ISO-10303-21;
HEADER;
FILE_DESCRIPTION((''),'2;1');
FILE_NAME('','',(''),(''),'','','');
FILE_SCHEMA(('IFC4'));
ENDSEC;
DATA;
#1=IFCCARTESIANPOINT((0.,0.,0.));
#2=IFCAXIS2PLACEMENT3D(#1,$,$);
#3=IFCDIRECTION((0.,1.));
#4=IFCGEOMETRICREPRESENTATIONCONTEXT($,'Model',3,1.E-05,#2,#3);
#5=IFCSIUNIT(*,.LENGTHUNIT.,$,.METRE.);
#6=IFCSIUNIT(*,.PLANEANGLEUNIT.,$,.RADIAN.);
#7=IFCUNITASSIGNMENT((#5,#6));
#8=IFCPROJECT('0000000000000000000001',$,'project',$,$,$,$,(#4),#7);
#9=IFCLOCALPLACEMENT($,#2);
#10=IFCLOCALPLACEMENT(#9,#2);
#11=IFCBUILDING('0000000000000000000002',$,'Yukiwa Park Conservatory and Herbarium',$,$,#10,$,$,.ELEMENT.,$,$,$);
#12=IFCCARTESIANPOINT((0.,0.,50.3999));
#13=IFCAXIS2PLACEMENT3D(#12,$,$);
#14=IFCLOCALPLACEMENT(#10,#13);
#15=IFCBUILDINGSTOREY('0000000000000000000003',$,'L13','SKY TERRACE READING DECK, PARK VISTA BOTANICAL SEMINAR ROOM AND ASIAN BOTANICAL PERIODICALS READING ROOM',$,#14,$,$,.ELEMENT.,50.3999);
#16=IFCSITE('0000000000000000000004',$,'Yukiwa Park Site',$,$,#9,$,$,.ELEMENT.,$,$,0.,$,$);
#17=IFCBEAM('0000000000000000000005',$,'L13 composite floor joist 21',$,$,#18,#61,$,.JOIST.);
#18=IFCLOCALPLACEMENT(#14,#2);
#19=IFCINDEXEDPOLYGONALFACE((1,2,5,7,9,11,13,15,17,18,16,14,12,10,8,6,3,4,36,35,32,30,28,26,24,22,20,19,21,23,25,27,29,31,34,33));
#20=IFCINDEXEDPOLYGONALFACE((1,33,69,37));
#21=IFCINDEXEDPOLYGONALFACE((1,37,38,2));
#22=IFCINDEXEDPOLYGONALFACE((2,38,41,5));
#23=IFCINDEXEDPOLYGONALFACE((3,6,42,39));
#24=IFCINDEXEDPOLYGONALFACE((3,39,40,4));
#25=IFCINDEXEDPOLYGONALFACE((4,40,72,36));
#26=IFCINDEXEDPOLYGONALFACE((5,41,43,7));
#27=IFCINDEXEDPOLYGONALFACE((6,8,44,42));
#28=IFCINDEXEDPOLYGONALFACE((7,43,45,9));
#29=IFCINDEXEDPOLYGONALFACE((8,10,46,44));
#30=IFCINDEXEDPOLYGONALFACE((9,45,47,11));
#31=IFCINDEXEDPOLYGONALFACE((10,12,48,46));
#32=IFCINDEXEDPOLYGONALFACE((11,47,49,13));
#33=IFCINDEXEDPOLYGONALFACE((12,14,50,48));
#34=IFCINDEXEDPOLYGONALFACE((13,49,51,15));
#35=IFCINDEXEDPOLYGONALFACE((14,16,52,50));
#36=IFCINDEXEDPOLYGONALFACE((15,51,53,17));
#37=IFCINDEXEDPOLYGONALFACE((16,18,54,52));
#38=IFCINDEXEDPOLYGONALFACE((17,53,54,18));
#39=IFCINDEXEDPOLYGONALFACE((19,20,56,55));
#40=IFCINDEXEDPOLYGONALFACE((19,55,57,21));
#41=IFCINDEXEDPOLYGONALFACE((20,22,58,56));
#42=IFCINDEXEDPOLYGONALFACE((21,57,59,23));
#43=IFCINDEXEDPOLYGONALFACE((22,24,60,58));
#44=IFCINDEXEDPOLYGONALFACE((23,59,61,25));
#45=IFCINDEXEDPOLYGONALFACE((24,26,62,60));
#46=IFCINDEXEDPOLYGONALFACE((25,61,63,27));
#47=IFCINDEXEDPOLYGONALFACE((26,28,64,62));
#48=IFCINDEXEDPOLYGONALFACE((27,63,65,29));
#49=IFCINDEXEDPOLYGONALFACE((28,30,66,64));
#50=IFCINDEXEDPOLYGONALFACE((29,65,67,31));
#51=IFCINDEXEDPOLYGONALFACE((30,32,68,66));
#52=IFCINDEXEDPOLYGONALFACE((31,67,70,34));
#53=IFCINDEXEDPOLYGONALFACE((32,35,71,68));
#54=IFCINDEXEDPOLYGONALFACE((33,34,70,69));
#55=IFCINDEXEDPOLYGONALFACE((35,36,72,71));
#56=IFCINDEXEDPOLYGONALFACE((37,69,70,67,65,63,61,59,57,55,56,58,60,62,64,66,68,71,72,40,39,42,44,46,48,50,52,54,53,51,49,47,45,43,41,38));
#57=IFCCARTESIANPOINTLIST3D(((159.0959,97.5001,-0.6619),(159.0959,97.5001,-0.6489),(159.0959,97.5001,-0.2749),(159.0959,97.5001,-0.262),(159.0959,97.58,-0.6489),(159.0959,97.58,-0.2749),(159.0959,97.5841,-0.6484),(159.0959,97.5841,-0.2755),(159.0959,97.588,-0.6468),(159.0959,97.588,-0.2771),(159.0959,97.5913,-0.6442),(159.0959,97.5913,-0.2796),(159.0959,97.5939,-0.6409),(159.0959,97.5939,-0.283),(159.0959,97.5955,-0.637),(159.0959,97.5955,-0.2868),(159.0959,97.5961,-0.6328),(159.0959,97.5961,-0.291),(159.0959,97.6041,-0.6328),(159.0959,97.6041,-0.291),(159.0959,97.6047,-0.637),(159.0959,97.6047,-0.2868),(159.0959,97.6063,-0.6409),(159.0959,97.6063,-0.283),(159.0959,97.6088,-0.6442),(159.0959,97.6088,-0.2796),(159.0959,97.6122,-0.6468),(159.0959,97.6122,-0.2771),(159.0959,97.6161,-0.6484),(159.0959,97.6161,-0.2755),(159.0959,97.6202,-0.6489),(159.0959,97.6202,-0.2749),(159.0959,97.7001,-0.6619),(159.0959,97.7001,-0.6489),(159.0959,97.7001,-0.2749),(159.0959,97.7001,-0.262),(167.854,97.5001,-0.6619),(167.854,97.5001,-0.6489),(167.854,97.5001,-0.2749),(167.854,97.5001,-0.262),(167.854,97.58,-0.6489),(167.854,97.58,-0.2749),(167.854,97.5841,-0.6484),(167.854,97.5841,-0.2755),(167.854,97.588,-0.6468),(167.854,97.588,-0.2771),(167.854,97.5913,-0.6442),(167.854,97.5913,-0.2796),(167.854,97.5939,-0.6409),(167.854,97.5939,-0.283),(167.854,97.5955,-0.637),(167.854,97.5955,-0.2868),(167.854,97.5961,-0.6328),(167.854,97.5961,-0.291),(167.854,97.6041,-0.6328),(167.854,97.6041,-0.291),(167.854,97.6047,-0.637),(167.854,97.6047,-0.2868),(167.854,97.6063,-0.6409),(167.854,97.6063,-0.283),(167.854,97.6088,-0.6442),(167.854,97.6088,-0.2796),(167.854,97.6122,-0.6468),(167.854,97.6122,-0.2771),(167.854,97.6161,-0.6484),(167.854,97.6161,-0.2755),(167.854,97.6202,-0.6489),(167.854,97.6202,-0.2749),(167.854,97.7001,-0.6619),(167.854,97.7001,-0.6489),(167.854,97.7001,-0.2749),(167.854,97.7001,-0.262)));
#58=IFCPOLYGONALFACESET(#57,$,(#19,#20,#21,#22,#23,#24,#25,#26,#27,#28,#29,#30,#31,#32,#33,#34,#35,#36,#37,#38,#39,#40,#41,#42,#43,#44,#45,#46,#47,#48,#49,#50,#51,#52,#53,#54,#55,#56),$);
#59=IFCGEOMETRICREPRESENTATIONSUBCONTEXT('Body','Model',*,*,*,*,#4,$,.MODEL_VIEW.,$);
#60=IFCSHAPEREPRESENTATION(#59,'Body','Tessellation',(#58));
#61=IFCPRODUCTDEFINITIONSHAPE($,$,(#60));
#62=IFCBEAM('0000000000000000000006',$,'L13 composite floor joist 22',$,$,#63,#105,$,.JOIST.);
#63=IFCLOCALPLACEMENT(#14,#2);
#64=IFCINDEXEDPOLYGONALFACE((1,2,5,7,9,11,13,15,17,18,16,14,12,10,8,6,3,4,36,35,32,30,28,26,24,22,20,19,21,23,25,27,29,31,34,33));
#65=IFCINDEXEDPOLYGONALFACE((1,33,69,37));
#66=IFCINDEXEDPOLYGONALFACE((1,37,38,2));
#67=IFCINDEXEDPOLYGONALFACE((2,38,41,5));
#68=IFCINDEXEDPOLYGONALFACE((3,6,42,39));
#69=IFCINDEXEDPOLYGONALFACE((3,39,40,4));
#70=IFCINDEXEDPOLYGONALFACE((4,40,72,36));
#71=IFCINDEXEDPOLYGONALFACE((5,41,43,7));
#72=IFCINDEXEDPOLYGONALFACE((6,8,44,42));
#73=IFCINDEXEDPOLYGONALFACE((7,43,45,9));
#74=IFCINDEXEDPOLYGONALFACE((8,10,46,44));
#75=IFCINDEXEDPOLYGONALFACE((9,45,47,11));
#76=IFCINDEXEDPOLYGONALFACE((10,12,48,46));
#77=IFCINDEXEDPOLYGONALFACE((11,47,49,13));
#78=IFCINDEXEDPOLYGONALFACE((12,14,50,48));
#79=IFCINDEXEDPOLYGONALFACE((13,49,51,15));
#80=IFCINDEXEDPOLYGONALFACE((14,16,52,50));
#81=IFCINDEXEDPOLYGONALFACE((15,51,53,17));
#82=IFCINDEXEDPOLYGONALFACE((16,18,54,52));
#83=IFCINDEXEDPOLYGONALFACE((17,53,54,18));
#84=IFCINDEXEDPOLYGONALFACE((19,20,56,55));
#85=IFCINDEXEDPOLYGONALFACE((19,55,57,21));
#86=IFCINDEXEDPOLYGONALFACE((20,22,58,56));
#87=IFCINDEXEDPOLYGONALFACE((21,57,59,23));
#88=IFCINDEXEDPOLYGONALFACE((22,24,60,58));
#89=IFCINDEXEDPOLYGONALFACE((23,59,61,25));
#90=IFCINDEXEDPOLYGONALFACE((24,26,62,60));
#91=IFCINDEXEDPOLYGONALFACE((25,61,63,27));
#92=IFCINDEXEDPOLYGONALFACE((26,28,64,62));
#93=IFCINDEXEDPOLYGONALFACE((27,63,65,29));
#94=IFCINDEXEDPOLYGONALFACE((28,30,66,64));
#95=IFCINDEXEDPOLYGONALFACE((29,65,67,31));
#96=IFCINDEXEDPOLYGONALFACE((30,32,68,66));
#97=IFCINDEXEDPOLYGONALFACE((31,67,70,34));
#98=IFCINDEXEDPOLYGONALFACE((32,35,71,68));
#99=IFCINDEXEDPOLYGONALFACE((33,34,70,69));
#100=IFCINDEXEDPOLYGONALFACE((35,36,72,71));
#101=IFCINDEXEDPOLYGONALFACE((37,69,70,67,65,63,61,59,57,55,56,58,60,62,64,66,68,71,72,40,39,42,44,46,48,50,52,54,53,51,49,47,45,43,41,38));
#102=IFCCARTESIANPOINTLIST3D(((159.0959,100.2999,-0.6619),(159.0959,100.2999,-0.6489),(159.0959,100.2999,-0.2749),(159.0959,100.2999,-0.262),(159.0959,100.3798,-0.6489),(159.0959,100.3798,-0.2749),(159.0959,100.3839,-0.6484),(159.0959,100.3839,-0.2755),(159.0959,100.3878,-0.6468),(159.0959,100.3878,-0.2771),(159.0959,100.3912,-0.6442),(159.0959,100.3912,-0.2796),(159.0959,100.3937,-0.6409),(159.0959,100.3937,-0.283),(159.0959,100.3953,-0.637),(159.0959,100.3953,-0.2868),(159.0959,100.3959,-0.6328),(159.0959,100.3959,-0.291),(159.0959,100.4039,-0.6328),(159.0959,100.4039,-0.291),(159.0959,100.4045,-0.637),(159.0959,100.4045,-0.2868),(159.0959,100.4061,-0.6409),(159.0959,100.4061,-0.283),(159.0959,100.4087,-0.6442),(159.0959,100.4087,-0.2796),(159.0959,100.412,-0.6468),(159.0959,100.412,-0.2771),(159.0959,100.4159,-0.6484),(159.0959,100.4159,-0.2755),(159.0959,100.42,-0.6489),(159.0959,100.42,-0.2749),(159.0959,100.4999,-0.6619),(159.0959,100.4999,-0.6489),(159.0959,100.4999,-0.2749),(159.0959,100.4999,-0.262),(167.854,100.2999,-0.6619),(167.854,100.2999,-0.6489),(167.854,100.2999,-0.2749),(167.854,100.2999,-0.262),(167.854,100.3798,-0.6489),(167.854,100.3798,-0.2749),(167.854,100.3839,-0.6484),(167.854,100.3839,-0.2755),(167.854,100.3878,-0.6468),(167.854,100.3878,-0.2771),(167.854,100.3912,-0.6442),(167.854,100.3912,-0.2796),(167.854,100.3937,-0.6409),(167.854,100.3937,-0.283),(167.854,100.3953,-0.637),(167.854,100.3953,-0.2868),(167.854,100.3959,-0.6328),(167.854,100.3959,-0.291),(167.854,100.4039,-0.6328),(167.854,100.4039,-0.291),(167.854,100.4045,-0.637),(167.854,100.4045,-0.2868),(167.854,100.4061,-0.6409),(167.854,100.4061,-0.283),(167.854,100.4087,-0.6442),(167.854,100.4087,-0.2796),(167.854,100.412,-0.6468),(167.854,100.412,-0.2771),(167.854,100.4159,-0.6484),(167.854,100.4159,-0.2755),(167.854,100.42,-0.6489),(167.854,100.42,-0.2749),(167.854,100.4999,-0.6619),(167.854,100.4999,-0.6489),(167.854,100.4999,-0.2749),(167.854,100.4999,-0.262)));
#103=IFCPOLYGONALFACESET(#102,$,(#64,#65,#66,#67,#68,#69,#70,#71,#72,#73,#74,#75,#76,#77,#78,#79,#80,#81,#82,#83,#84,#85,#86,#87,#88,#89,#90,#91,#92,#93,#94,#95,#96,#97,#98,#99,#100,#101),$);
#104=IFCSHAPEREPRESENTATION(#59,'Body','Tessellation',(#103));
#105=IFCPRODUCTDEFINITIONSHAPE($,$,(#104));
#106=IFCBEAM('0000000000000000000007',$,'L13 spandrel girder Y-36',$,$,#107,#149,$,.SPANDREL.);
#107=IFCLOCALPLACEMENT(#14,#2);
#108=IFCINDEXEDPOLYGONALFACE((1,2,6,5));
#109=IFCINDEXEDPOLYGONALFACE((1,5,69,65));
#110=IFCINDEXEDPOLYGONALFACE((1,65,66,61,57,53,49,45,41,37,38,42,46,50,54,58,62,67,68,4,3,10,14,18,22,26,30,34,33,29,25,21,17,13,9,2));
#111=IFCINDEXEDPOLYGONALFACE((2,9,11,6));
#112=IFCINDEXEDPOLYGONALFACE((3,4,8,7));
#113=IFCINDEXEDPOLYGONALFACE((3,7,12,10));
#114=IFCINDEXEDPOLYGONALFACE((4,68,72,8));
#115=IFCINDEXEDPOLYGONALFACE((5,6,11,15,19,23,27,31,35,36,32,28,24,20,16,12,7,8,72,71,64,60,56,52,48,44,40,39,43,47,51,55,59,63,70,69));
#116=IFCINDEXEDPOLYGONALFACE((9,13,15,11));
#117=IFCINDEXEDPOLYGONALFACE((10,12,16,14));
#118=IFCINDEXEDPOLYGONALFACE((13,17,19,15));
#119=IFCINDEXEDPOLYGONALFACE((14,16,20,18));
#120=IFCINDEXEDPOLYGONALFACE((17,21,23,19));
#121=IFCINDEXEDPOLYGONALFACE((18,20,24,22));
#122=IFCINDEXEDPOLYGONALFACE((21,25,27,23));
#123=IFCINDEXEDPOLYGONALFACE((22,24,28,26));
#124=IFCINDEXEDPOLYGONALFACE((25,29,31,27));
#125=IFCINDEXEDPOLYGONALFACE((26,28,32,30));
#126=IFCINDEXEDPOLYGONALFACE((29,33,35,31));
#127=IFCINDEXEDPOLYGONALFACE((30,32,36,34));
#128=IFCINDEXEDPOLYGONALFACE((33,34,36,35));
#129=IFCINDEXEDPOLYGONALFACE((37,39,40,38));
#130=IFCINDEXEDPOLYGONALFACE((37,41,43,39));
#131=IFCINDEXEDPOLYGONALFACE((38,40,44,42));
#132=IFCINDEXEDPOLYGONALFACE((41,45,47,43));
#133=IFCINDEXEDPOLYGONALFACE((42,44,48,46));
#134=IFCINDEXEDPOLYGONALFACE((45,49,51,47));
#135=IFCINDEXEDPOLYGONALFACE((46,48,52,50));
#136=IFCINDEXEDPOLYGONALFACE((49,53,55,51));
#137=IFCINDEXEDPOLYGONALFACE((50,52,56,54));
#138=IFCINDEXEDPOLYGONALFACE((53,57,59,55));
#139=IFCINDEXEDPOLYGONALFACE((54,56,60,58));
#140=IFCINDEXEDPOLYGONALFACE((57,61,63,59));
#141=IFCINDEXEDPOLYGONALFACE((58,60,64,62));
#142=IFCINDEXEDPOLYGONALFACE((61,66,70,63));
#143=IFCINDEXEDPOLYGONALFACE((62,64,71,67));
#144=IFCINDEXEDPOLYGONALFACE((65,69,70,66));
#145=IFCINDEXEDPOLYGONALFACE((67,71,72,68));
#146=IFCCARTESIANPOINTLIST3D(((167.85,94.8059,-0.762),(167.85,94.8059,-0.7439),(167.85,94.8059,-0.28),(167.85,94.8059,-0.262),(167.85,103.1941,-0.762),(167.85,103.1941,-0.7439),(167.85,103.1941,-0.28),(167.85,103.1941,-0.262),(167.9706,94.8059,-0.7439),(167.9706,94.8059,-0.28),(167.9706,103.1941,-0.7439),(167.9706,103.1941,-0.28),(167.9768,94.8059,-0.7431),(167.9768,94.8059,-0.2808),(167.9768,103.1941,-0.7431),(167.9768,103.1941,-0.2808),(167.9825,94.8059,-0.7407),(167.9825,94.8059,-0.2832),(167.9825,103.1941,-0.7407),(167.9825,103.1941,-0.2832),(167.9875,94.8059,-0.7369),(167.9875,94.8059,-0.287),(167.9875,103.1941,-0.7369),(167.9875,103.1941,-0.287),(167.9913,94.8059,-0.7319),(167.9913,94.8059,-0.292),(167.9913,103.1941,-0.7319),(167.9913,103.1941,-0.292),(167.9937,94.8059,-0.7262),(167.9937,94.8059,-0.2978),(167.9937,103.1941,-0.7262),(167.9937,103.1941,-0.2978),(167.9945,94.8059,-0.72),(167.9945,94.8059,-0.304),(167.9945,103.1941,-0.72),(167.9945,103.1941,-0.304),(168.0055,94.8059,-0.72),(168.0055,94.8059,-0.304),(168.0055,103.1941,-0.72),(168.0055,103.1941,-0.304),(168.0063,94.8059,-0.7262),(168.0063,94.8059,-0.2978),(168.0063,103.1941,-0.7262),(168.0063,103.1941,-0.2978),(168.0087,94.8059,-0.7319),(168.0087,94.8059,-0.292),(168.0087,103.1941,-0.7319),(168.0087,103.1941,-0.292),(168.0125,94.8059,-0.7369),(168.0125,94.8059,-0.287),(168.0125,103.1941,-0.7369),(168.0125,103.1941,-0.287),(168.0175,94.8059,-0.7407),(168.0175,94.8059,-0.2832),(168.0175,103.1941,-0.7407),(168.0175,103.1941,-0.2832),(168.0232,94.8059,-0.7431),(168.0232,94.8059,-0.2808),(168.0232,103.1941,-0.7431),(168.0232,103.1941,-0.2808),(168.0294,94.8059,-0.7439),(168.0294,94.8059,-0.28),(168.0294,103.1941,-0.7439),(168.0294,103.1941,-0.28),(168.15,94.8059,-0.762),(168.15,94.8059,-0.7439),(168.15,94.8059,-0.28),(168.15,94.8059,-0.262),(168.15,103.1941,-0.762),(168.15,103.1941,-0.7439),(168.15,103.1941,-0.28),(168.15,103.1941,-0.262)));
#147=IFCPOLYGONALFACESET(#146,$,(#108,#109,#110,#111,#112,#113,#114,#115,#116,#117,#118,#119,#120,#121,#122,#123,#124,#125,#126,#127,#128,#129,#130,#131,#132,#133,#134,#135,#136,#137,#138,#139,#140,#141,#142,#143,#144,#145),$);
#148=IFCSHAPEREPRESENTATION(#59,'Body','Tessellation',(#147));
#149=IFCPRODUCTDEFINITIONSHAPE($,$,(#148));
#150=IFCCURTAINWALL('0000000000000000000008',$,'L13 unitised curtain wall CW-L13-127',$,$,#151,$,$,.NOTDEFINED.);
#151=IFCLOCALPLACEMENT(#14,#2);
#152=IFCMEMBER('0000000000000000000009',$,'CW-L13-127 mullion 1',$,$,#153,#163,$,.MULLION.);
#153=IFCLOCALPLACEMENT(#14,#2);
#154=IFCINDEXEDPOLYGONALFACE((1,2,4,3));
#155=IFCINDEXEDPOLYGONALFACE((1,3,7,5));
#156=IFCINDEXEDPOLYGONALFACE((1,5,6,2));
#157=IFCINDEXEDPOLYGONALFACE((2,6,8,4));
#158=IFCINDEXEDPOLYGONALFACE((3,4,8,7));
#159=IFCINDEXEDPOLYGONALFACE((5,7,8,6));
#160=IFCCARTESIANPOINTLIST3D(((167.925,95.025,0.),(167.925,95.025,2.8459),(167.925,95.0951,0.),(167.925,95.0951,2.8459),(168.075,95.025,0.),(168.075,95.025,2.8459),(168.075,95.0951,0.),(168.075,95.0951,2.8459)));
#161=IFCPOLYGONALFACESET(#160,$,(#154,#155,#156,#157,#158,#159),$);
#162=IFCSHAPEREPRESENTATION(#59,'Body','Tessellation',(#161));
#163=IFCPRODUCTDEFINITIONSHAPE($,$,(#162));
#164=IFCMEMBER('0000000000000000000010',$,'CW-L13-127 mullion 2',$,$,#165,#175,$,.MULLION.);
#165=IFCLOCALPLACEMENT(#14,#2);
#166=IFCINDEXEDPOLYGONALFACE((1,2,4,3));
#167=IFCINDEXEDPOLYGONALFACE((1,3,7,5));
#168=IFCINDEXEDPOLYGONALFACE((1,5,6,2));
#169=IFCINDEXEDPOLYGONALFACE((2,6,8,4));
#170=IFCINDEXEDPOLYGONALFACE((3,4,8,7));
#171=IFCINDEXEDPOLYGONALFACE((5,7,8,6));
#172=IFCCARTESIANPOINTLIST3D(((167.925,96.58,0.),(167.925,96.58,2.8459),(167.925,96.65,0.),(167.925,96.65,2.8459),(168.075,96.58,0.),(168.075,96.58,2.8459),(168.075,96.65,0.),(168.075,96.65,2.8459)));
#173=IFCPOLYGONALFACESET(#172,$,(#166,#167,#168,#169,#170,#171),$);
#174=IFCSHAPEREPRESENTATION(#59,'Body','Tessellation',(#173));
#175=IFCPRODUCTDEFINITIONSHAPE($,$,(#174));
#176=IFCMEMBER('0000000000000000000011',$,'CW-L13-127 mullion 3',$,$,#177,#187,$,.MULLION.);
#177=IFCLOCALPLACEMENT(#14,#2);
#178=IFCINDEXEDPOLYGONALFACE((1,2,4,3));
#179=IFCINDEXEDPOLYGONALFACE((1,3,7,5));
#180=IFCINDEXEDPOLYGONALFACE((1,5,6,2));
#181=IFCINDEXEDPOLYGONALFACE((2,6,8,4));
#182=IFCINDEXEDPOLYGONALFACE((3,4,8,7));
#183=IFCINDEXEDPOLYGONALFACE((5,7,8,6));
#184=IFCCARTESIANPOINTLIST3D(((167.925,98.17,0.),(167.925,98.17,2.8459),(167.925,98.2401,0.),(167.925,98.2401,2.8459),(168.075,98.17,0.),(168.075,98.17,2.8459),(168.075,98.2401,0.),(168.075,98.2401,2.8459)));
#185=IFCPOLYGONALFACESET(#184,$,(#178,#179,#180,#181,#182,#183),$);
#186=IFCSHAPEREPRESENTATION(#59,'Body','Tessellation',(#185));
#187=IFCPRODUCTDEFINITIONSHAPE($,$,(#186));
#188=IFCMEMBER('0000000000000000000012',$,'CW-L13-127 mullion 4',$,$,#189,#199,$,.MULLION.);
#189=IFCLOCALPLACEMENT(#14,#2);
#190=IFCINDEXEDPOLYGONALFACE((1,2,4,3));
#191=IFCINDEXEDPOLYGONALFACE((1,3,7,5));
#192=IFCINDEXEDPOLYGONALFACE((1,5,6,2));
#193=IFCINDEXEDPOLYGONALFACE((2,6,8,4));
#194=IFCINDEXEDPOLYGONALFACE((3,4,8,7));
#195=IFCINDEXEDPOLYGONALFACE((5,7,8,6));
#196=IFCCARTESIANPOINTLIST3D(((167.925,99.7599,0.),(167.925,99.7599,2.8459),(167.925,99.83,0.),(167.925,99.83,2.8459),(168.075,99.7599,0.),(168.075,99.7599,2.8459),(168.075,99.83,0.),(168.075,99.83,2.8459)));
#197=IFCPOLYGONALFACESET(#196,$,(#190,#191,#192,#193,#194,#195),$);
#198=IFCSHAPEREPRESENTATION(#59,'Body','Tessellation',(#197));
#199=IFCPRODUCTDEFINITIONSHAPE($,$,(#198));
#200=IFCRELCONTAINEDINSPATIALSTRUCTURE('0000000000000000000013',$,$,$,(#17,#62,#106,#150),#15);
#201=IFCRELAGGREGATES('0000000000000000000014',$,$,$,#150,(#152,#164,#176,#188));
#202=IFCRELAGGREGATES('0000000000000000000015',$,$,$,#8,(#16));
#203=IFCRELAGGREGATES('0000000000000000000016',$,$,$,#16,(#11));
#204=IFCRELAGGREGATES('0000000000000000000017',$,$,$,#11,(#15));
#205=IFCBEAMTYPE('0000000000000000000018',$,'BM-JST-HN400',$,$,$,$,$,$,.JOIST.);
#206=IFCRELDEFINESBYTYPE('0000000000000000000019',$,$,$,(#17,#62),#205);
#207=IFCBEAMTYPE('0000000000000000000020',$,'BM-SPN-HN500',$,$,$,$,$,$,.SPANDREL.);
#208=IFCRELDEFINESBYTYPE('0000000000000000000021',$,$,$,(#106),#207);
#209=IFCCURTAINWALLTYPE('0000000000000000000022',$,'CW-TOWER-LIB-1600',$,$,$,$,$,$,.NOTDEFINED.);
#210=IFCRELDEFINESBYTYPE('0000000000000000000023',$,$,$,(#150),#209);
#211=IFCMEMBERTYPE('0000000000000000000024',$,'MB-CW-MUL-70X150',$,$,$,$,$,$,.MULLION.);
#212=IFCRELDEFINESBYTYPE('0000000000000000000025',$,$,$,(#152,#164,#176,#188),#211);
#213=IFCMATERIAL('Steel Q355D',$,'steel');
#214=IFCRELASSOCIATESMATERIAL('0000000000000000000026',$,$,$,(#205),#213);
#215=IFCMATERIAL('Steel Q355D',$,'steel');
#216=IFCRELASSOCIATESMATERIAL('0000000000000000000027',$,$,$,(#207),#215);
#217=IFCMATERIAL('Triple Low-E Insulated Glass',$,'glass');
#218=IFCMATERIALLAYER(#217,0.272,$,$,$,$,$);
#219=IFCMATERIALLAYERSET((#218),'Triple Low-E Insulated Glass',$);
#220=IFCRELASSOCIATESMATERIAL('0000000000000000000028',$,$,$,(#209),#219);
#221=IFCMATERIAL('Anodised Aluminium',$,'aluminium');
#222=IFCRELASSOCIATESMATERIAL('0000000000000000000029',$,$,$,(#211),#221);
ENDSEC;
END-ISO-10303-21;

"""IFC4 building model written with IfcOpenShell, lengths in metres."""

from ifc_helpers import new_model, si_unit, direction, frame, origin, origin_2d, place, context, subcontext, project, spatial, rectangle, i_section, extrude, material, layer, layer_set, material_profile, profile_set, type_object, element, aggregate, save


model = new_model("IFC4")

# Units and contexts
model_context = context("Model", 3, precision=1e-05, world=origin(), true_north=direction((0.0, 1.0)))
body_context = subcontext(model_context, "Body", "Model", "MODEL_VIEW")
ifc_project = project(units=[si_unit("LENGTHUNIT", "METRE"), si_unit("PLANEANGLEUNIT", "RADIAN")], contexts=[model_context])

# Site, building, storey
site_placement = place(None, origin())
site = spatial("IfcSite", under=ifc_project, at=site_placement, Name="Yukiwa Park Site", CompositionType="ELEMENT", RefElevation=0.0)
building_placement = place(site_placement, origin())
building = spatial("IfcBuilding", under=site, at=building_placement, Name="Yukiwa Park Conservatory and Herbarium", CompositionType="ELEMENT")
storey_placement = place(building_placement, frame((0.0, 0.0, 50.3999)))
storey = spatial("IfcBuildingStorey", under=building, at=storey_placement, Name="L13", Description="SKY TERRACE READING DECK, PARK VISTA BOTANICAL SEMINAR ROOM AND ASIAN BOTANICAL PERIODICALS READING ROOM", CompositionType="ELEMENT", Elevation=50.3999)

# Beams
ifc_material_1 = material(Name="Steel Q355D", Category="steel")
ifc_material_profile_1 = material_profile(ifc_material_1, i_section(OverallWidth=0.2, OverallDepth=0.3999, WebThickness=0.0081, FlangeThickness=0.0129, FilletRadius=0.0161, at=origin_2d()), Name="HN 400x200x8x13")
ifc_profile_set_1 = profile_set([ifc_material_profile_1], Name="Steel Q355D")
beam_type_1 = type_object("IfcBeamType", Name="BM-JST-HN400", PredefinedType="JOIST", material=ifc_profile_set_1)
for number, where, z_axis, x_axis, name in (
    (1, (159.0959, 97.6001, -0.4619), (1.0, 0.0, 0.0), (0.0, 1.0, 0.0), "L13 composite floor joist 21"),
    (2, (159.0959, 100.3999, -0.4619), (1.0, 0.0, 0.0), (0.0, 1.0, 0.0), "L13 composite floor joist 22"),
):
    element("IfcBeam", number, at=place(storey_placement, frame(where, z_axis=z_axis, x_axis=x_axis)), inside=storey, type_object=beam_type_1, Name=name, PredefinedType="JOIST", context=body_context, shape_type="SweptSolid", body=[
        extrude(i_section(OverallWidth=0.2, OverallDepth=0.3999, WebThickness=0.0081, FlangeThickness=0.0129, FilletRadius=0.0161, at=origin_2d()), origin(), (0.0, 0.0, 1.0), 8.7581),
    ])
ifc_material_2 = material(Name="Steel Q355D", Category="steel")
ifc_material_profile_2 = material_profile(ifc_material_2, i_section(OverallWidth=0.3, OverallDepth=0.5, WebThickness=0.011, FlangeThickness=0.0181, FilletRadius=0.0239, at=origin_2d()), Name="HM 500x300x11x18")
ifc_profile_set_2 = profile_set([ifc_material_profile_2], Name="Steel Q355D")
beam_type_2 = type_object("IfcBeamType", Name="BM-SPN-HN500", PredefinedType="SPANDREL", material=ifc_profile_set_2)
beam_placement = place(storey_placement, frame((168.0, 94.8059, -0.512), z_axis=(0.0, 1.0, 0.0), x_axis=(-1.0, 0.0, 0.0)))
element("IfcBeam", 3, at=beam_placement, inside=storey, type_object=beam_type_2, Name="L13 spandrel girder Y-36", PredefinedType="SPANDREL", context=body_context, shape_type="SweptSolid", body=[
    extrude(i_section(OverallWidth=0.3, OverallDepth=0.5, WebThickness=0.011, FlangeThickness=0.0181, FilletRadius=0.0239, at=origin_2d()), origin(), (0.0, 0.0, 1.0), 8.3882),
])

# Curtain wall, members
ifc_material_3 = material(Name="Triple Low-E Insulated Glass", Category="glass")
ifc_layer_1 = layer(ifc_material_3, 0.272)
ifc_layer_set_1 = layer_set([ifc_layer_1], Name="Triple Low-E Insulated Glass")
curtain_wall_type = type_object("IfcCurtainWallType", Name="CW-TOWER-LIB-1600", PredefinedType="NOTDEFINED", material=ifc_layer_set_1)
curtain_wall_placement = place(storey_placement, origin())
curtain_wall = element("IfcCurtainWall", 4, at=curtain_wall_placement, inside=storey, type_object=curtain_wall_type, Name="L13 unitised curtain wall CW-L13-127", PredefinedType="NOTDEFINED")
ifc_material_4 = material(Name="Anodised Aluminium", Category="aluminium")
member_type_1 = type_object("IfcMemberType", Name="MB-CW-MUL-70X150", PredefinedType="MULLION", material=ifc_material_4)
member_1_placement = place(storey_placement, frame((168.0, 95.0601, 0.0), z_axis=(0.0, 0.0, 1.0), x_axis=(0.0, 1.0, 0.0)))
member_1 = element("IfcMember", 5, at=member_1_placement, type_object=member_type_1, Name="CW-L13-127 mullion 1", PredefinedType="MULLION", context=body_context, shape_type="SweptSolid", body=[
    extrude(rectangle(XDim=0.0701, YDim=0.1499, at=origin_2d()), origin(), (0.0, 0.0, 1.0), 2.8459),
])
member_2_placement = place(storey_placement, frame((168.0, 96.615, 0.0), z_axis=(0.0, 0.0, 1.0), x_axis=(0.0, 1.0, 0.0)))
member_2 = element("IfcMember", 6, at=member_2_placement, type_object=member_type_1, Name="CW-L13-127 mullion 2", PredefinedType="MULLION", context=body_context, shape_type="SweptSolid", body=[
    extrude(rectangle(XDim=0.0701, YDim=0.1499, at=origin_2d()), origin(), (0.0, 0.0, 1.0), 2.8459),
])
member_3_placement = place(storey_placement, frame((168.0, 98.2051, 0.0), z_axis=(0.0, 0.0, 1.0), x_axis=(0.0, 1.0, 0.0)))
member_3 = element("IfcMember", 7, at=member_3_placement, type_object=member_type_1, Name="CW-L13-127 mullion 3", PredefinedType="MULLION", context=body_context, shape_type="SweptSolid", body=[
    extrude(rectangle(XDim=0.0701, YDim=0.1499, at=origin_2d()), origin(), (0.0, 0.0, 1.0), 2.8459),
])
member_4_placement = place(storey_placement, frame((168.0, 99.7949, 0.0), z_axis=(0.0, 0.0, 1.0), x_axis=(0.0, 1.0, 0.0)))
member_4 = element("IfcMember", 8, at=member_4_placement, type_object=member_type_1, Name="CW-L13-127 mullion 4", PredefinedType="MULLION", context=body_context, shape_type="SweptSolid", body=[
    extrude(rectangle(XDim=0.0701, YDim=0.1499, at=origin_2d()), origin(), (0.0, 0.0, 1.0), 2.8459),
])
aggregate(curtain_wall, [member_1, member_2, member_3, member_4])

save(model, "model.ifc")
